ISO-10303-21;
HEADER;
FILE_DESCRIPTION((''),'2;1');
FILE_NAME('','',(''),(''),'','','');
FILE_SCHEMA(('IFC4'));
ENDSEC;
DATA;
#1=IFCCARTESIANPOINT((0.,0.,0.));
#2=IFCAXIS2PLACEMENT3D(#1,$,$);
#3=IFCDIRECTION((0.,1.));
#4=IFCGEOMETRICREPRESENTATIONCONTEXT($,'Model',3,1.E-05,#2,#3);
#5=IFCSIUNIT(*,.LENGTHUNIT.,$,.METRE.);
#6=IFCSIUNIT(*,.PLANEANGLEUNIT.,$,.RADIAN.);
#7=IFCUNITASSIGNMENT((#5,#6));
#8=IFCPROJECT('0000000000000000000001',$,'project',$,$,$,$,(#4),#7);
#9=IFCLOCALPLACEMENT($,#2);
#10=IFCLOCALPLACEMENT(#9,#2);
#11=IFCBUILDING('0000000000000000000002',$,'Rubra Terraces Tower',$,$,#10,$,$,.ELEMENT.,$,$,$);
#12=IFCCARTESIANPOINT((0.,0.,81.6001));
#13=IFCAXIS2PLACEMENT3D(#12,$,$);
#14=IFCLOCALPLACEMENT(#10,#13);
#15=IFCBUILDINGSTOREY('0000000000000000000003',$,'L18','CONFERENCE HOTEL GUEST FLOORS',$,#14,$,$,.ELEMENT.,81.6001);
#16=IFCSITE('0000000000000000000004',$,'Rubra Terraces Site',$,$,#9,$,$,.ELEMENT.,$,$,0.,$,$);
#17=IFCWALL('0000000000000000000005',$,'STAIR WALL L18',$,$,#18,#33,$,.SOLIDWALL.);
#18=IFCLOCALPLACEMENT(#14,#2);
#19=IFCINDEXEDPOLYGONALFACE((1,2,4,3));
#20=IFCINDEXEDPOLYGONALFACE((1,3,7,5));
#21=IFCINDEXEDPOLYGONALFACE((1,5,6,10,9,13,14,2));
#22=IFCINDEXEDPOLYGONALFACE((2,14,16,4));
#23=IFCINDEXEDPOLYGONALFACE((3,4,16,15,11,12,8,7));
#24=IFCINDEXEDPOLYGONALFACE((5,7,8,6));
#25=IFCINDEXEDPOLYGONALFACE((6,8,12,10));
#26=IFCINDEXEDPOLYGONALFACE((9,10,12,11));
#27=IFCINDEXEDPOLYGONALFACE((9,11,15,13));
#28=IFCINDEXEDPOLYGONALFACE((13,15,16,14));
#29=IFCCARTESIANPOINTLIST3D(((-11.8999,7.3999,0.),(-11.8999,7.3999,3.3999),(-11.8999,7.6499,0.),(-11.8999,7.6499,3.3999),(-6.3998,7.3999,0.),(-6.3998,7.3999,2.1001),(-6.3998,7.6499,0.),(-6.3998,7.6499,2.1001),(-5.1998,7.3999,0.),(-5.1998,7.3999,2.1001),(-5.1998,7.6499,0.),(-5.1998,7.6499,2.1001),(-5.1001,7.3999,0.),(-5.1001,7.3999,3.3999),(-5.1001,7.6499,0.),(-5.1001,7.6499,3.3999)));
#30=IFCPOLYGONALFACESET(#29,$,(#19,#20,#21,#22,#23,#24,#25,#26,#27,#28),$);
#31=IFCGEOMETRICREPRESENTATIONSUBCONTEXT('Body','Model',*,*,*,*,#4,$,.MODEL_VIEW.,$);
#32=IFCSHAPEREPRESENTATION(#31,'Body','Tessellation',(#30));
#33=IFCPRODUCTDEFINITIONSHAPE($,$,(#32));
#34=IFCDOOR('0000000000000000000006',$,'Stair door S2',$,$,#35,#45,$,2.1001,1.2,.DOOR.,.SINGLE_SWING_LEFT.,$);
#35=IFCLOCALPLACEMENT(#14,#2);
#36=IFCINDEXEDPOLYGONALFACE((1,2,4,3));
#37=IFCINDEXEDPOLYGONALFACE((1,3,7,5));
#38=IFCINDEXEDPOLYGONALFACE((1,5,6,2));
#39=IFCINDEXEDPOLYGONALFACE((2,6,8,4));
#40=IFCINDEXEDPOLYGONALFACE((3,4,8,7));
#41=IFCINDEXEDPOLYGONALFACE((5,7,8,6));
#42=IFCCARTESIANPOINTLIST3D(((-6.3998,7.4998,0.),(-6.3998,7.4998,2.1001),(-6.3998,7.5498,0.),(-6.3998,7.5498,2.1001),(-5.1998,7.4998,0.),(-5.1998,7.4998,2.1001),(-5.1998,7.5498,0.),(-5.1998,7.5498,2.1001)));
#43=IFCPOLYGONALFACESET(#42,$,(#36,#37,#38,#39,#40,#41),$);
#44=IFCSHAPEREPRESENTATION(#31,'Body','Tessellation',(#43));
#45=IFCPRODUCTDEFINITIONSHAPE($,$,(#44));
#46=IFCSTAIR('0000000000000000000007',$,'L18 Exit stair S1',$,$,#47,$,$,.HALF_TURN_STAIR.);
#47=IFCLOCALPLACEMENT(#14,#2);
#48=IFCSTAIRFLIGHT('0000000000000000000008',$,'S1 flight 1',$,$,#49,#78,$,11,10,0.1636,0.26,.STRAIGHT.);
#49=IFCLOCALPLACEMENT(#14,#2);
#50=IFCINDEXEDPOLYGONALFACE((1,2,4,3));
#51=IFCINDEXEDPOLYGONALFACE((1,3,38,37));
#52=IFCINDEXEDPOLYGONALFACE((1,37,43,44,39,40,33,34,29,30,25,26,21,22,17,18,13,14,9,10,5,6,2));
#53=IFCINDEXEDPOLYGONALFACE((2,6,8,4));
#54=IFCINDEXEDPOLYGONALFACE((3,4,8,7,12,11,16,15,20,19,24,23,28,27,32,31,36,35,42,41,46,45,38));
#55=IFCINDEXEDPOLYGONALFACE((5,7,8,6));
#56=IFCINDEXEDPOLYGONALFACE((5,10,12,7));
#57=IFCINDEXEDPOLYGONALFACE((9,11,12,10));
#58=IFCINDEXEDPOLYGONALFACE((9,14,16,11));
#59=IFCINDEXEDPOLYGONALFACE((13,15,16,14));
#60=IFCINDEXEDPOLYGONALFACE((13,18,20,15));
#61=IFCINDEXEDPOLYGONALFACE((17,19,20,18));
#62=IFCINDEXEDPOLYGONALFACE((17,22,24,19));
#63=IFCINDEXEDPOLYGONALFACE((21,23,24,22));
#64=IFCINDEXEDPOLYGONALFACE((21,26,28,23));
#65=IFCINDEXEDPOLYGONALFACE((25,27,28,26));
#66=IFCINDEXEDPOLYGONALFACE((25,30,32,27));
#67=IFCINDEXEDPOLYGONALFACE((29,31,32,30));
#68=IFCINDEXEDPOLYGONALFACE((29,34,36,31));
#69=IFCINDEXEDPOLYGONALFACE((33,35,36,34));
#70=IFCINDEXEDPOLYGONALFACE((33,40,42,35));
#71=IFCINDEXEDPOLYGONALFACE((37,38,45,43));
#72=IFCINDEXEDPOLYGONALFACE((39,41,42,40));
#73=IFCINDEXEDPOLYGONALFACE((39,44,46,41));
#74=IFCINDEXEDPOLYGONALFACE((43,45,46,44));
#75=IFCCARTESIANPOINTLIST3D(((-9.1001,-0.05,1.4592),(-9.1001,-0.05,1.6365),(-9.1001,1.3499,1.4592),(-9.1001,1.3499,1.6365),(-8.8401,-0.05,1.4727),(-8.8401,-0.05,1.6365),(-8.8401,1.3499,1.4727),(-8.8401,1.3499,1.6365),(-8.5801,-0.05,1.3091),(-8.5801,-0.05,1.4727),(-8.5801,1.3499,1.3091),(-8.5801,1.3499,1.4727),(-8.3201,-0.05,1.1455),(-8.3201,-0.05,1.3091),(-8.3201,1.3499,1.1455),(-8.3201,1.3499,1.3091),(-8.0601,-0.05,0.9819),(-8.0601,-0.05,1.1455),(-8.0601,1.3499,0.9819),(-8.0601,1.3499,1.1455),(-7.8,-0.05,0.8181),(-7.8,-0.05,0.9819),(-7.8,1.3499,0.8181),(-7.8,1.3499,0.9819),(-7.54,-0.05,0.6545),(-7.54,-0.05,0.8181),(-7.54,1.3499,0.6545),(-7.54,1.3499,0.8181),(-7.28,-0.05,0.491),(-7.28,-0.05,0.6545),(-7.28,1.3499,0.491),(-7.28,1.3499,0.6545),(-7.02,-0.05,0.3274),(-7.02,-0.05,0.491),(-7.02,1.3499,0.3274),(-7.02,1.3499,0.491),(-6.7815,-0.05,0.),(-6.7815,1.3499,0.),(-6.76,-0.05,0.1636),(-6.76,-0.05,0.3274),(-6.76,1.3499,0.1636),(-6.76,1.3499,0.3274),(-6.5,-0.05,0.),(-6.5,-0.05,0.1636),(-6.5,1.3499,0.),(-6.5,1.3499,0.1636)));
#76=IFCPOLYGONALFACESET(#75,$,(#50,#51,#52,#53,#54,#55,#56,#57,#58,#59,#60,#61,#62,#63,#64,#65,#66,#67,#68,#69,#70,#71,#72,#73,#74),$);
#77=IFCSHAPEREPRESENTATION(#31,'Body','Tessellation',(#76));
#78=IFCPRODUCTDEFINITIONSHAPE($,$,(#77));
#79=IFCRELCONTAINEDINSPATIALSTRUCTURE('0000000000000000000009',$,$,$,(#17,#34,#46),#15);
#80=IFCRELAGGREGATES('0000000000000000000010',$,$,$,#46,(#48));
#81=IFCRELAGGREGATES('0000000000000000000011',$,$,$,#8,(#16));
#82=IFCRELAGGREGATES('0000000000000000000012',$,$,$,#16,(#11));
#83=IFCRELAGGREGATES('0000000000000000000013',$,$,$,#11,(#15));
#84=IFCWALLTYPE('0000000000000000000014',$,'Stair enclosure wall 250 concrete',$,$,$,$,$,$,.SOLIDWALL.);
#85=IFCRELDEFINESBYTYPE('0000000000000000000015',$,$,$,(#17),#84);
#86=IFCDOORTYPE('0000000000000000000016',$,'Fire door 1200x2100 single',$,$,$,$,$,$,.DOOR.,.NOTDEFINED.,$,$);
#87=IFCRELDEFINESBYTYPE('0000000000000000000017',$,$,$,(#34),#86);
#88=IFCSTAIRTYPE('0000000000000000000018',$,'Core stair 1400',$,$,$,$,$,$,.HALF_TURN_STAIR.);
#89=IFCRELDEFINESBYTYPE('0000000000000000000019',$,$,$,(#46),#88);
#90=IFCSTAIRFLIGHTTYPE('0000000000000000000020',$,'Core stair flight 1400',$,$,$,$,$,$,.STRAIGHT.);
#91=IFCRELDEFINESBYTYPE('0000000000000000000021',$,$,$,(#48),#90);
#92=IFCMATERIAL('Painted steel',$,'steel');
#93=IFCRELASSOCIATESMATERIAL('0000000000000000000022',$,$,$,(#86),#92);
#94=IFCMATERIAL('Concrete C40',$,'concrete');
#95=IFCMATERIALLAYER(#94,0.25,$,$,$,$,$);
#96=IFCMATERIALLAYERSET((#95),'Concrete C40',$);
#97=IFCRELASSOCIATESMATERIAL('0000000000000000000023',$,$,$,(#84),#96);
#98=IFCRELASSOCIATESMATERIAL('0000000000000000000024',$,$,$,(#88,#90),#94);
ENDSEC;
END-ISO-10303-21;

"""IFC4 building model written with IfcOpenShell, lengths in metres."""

from ifc_helpers import new_model, si_unit, direction, frame, frame_2d, origin, place, context, subcontext, project, spatial, polyline, rectangle, outline, extrude, material, layer, layer_set, type_object, element, fill, aggregate, save


model = new_model("IFC4")

# Units and contexts
model_context = context("Model", 3, precision=1e-05, world=origin(), true_north=direction((0.0, 1.0)))
body_context = subcontext(model_context, "Body", "Model", "MODEL_VIEW")
ifc_project = project(units=[si_unit("LENGTHUNIT", "METRE"), si_unit("PLANEANGLEUNIT", "RADIAN")], contexts=[model_context])

# Site, building, storey
site_placement = place(None, origin())
site = spatial("IfcSite", under=ifc_project, at=site_placement, Name="Rubra Terraces Site", CompositionType="ELEMENT", RefElevation=0.0)
building_placement = place(site_placement, origin())
building = spatial("IfcBuilding", under=site, at=building_placement, Name="Rubra Terraces Tower", CompositionType="ELEMENT")
storey_placement = place(building_placement, frame((0.0, 0.0, 81.6001)))
storey = spatial("IfcBuildingStorey", under=building, at=storey_placement, Name="L18", Description="CONFERENCE HOTEL GUEST FLOORS", CompositionType="ELEMENT", Elevation=81.6001)

# Shared definitions
ifc_material_1 = material(Name="Concrete C40", Category="concrete")

# Shared definitions
ifc_material_2 = material(Name="Painted steel", Category="steel")
door_type_1 = type_object("IfcDoorType", Name="Fire door 1200x2100 single", OperationType="NOTDEFINED", PredefinedType="DOOR", material=ifc_material_2)

# Wall, opening, door
ifc_layer_1 = layer(ifc_material_1, 0.25)
ifc_layer_set_1 = layer_set([ifc_layer_1], Name="Concrete C40")
wall_type_1 = type_object("IfcWallType", Name="Stair enclosure wall 250 concrete", PredefinedType="SOLIDWALL", material=ifc_layer_set_1)
wall_1_placement = place(storey_placement, frame((-11.8999, 7.5249, 0.0), z_axis=(0.0, 0.0, 1.0), x_axis=(1.0, 0.0, 0.0)))
wall_1 = element("IfcWall", 1, at=wall_1_placement, inside=storey, type_object=wall_type_1, Name="STAIR WALL L18", PredefinedType="SOLIDWALL", context=body_context, shape_type="SweptSolid", body=[
    extrude(rectangle(XDim=6.7998, YDim=0.25, at=frame_2d((3.3999, 0.0))), origin(), (0.0, 0.0, 1.0), 3.3999),
])
opening_1_placement = place(wall_1_placement, frame((5.5, 0.0, 0.0)))
opening_1 = element("IfcOpeningElement", 2, at=opening_1_placement, cuts=wall_1, PredefinedType="OPENING", context=body_context, shape_type="SweptSolid", body=[
    extrude(rectangle(XDim=1.2, YDim=2.1001, at=frame_2d((0.6001, 1.05))), frame((0.0, 0.135, 0.0), z_axis=(0.0, -1.0, 0.0), x_axis=(1.0, 0.0, 0.0)), (0.0, 0.0, 1.0), 0.27),
])
door_1_placement = place(opening_1_placement, origin())
door_1 = element("IfcDoor", 3, at=door_1_placement, inside=storey, type_object=door_type_1, Name="Stair door S2", OperationType="SINGLE_SWING_LEFT", OverallHeight=2.1001, OverallWidth=1.2, PredefinedType="DOOR", context=body_context, shape_type="SweptSolid", body=[
    extrude(rectangle(XDim=1.2, YDim=2.1001, at=frame_2d((0.6001, 1.05))), frame((0.0, 0.0249, 0.0), z_axis=(0.0, -1.0, 0.0), x_axis=(1.0, 0.0, 0.0)), (0.0, 0.0, 1.0), 0.05),
])
fill(opening_1, door_1)

# Stair, stair flight
stair_type = type_object("IfcStairType", Name="Core stair 1400", PredefinedType="HALF_TURN_STAIR", material=ifc_material_1)
stair_placement = place(storey_placement, origin())
stair = element("IfcStair", 4, at=stair_placement, inside=storey, type_object=stair_type, Name="L18 Exit stair S1", PredefinedType="HALF_TURN_STAIR")
stair_flight_type = type_object("IfcStairFlightType", Name="Core stair flight 1400", PredefinedType="STRAIGHT", material=ifc_material_1)
stair_flight_placement = place(storey_placement, frame((-6.5, 0.6499, 0.0), z_axis=(0.0, 0.0, 1.0), x_axis=(-1.0, 0.0, 0.0)))
stair_flight = element("IfcStairFlight", 5, at=stair_flight_placement, type_object=stair_flight_type, Name="S1 flight 1", NumberOfRisers=11, NumberOfTreads=10, PredefinedType="STRAIGHT", RiserHeight=0.1636, TreadLength=0.26, context=body_context, shape_type="SweptSolid", body=[
    extrude(outline(polyline([(0.0, 0.0), (0.0, 0.1636), (0.26, 0.1636), (0.26, 0.3274), (0.52, 0.3274), (0.52, 0.491), (0.78, 0.491), (0.78, 0.6545), (1.04, 0.6545), (1.04, 0.8181), (1.3, 0.8181), (1.3, 0.9819), (1.5601, 0.9819), (1.5601, 1.1455), (1.8201, 1.1455), (1.8201, 1.3091), (2.0801, 1.3091), (2.0801, 1.4727), (2.3401, 1.4727), (2.3401, 1.6365), (2.6001, 1.6365), (2.6001, 1.8), (2.6001, 1.4592), (0.2815, 0.0), (0.0, 0.0)])), frame((0.0, 0.7, 0.0), z_axis=(0.0, -1.0, 0.0), x_axis=(1.0, 0.0, 0.0)), (0.0, 0.0, 1.0), 1.3999),
])
aggregate(stair, [stair_flight])

save(model, "model.ifc")
